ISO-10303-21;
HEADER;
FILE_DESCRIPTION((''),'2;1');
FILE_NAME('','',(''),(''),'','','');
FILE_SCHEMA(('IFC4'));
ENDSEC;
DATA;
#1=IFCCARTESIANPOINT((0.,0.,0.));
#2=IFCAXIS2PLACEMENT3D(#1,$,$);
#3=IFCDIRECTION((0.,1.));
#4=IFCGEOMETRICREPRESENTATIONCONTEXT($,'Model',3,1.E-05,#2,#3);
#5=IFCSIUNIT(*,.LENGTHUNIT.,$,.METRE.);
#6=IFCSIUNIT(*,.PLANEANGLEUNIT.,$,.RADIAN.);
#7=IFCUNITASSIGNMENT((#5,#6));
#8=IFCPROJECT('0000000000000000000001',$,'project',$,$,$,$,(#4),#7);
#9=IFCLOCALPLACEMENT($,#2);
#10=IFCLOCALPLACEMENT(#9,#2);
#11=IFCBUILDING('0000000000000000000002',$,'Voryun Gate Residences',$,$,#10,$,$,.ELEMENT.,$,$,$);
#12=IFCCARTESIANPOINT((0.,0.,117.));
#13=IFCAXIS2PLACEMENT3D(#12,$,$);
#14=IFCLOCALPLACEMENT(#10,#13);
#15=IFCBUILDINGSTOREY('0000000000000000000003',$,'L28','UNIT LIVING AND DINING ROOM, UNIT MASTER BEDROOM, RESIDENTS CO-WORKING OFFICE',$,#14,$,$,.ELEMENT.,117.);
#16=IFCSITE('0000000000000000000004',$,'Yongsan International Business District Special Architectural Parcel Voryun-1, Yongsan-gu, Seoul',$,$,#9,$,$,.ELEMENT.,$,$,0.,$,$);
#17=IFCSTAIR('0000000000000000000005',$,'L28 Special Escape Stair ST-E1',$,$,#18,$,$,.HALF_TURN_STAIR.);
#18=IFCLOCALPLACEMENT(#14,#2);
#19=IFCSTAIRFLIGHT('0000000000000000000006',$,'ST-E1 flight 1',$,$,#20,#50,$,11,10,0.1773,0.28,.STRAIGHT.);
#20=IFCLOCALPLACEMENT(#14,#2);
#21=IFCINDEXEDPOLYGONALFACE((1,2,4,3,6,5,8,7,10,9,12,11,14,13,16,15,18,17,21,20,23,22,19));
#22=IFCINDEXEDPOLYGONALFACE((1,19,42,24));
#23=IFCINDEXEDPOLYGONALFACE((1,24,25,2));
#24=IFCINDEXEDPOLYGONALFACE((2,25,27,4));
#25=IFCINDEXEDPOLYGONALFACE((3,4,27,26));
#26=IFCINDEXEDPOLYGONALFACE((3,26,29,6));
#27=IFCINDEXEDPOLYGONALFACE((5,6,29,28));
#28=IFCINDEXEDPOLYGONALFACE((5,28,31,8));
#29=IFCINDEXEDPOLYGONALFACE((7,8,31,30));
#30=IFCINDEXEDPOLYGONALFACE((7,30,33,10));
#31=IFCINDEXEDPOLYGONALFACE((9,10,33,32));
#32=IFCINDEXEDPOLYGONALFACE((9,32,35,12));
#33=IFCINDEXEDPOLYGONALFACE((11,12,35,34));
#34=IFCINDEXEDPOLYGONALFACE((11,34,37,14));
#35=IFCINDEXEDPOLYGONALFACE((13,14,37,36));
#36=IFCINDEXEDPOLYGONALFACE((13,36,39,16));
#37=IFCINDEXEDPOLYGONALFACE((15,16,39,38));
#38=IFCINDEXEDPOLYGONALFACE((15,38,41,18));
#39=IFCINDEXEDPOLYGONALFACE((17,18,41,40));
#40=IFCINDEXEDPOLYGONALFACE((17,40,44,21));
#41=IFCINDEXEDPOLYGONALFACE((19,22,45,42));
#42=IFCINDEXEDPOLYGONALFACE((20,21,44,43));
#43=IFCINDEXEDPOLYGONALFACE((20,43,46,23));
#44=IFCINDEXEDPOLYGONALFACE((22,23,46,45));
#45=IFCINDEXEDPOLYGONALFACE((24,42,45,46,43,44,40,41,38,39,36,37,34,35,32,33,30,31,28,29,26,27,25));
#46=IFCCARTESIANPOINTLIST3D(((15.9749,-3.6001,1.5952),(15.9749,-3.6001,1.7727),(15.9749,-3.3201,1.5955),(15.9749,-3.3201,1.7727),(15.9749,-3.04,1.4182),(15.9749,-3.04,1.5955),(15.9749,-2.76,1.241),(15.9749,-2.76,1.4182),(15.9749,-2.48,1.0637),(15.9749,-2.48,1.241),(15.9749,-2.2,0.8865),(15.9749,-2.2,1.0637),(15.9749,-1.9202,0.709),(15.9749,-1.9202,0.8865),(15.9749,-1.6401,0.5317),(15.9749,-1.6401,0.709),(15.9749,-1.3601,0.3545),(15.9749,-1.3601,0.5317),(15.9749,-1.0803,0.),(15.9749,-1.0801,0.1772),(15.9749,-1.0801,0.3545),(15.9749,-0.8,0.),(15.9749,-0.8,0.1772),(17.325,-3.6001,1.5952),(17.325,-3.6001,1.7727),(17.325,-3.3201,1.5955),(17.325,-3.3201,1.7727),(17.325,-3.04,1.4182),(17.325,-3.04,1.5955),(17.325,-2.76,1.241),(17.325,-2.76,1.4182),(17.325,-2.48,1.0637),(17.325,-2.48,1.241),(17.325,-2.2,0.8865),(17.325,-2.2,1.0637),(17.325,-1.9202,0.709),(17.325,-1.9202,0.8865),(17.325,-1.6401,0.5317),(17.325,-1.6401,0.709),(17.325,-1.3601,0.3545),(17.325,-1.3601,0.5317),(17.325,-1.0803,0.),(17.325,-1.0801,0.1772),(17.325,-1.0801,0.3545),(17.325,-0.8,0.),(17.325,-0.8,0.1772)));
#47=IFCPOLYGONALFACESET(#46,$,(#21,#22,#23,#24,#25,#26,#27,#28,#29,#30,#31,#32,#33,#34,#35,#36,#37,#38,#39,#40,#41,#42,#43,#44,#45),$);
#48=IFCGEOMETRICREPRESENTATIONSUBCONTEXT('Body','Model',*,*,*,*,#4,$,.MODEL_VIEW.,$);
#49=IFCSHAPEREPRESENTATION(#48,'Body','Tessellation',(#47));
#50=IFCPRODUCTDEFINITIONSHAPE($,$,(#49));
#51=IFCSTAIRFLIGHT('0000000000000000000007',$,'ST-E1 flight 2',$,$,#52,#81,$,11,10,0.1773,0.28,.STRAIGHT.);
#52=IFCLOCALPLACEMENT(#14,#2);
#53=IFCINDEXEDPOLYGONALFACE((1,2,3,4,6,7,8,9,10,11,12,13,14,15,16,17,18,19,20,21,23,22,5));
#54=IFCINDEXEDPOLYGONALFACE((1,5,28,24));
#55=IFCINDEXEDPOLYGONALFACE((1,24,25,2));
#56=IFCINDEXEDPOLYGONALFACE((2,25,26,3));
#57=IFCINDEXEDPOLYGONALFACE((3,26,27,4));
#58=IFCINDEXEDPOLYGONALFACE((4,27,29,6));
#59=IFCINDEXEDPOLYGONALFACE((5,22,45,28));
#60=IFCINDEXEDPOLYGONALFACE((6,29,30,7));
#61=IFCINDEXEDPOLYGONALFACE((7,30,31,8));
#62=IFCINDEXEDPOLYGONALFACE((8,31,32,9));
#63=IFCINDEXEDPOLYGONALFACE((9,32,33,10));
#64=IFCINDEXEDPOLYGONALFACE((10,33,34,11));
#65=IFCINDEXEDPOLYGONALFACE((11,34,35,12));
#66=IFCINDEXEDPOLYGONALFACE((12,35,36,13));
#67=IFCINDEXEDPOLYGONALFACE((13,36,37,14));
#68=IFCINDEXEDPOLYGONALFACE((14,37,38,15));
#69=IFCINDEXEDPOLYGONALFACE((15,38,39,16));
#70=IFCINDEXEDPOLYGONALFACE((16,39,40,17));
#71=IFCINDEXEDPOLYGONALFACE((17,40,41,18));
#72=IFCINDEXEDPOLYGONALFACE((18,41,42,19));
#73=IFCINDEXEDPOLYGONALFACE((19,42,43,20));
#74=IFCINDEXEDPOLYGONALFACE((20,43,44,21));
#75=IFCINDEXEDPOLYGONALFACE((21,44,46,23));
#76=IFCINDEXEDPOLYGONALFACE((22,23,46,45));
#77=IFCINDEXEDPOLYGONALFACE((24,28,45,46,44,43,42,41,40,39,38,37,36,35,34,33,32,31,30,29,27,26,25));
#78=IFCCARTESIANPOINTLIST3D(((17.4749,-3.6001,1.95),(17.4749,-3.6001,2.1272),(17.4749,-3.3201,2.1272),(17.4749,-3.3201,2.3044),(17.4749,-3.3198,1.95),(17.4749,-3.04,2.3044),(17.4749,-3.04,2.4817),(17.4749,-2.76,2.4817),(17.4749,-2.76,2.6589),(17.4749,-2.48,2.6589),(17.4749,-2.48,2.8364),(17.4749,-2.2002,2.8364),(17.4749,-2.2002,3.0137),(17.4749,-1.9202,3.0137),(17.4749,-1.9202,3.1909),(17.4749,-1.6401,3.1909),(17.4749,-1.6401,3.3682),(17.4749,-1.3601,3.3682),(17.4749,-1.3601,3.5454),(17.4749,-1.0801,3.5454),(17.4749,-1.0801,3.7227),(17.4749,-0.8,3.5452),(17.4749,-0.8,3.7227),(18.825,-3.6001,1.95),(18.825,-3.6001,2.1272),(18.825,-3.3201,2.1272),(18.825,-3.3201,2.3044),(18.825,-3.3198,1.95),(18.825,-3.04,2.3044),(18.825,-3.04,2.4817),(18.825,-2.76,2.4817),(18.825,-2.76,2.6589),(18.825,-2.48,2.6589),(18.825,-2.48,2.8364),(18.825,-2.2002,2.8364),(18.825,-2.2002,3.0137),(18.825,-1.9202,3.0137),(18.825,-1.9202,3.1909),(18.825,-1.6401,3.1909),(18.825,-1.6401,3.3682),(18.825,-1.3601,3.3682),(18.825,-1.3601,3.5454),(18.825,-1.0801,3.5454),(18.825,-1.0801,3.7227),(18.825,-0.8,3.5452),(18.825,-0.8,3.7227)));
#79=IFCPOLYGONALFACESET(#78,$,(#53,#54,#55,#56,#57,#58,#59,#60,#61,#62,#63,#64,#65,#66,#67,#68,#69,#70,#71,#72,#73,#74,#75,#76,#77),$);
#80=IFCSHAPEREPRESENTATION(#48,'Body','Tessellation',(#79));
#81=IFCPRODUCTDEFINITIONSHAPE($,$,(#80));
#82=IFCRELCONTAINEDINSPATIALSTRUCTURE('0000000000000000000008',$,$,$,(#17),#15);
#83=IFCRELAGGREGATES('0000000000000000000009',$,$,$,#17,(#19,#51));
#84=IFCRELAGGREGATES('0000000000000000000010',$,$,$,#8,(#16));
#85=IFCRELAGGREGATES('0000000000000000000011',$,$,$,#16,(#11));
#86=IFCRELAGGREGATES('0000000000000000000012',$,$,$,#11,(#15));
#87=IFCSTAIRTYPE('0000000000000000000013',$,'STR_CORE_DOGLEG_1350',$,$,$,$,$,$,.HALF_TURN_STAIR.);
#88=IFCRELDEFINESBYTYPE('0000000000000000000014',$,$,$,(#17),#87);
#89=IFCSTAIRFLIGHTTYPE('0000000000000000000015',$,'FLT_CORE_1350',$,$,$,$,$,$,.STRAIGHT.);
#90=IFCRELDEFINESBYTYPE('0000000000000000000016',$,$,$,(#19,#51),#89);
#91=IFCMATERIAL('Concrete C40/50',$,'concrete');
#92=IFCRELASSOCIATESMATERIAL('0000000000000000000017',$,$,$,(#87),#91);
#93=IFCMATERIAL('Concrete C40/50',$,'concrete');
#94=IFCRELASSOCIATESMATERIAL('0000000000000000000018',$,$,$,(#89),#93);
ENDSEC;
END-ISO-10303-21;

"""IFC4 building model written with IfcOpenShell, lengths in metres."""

from ifc_helpers import new_model, si_unit, direction, frame, origin, place, context, subcontext, project, spatial, polyline, outline, extrude, material, type_object, element, aggregate, save


model = new_model("IFC4")

# Units and contexts
model_context = context("Model", 3, precision=1e-05, world=origin(), true_north=direction((0.0, 1.0)))
body_context = subcontext(model_context, "Body", "Model", "MODEL_VIEW")
ifc_project = project(units=[si_unit("LENGTHUNIT", "METRE"), si_unit("PLANEANGLEUNIT", "RADIAN")], contexts=[model_context])

# Site, building, storey
site_placement = place(None, origin())
site = spatial("IfcSite", under=ifc_project, at=site_placement, Name="Yongsan International Business District Special Architectural Parcel Voryun-1, Yongsan-gu, Seoul", CompositionType="ELEMENT", RefElevation=0.0)
building_placement = place(site_placement, origin())
building = spatial("IfcBuilding", under=site, at=building_placement, Name="Voryun Gate Residences", CompositionType="ELEMENT")
storey_placement = place(building_placement, frame((0.0, 0.0, 117.0)))
storey = spatial("IfcBuildingStorey", under=building, at=storey_placement, Name="L28", Description="UNIT LIVING AND DINING ROOM, UNIT MASTER BEDROOM, RESIDENTS CO-WORKING OFFICE", CompositionType="ELEMENT", Elevation=117.0)

# Stair, stair flights
ifc_material_1 = material(Name="Concrete C40/50", Category="concrete")
stair_type = type_object("IfcStairType", Name="STR_CORE_DOGLEG_1350", PredefinedType="HALF_TURN_STAIR", material=ifc_material_1)
stair_placement = place(storey_placement, origin())
stair = element("IfcStair", 1, at=stair_placement, inside=storey, type_object=stair_type, Name="L28 Special Escape Stair ST-E1", PredefinedType="HALF_TURN_STAIR")
ifc_material_2 = material(Name="Concrete C40/50", Category="concrete")
stair_flight_type = type_object("IfcStairFlightType", Name="FLT_CORE_1350", PredefinedType="STRAIGHT", material=ifc_material_2)
stair_flight_1_placement = place(storey_placement, frame((16.6499, -0.8, 0.0), z_axis=(0.0, 0.0, 1.0), x_axis=(0.0, -1.0, 0.0)))
stair_flight_1 = element("IfcStairFlight", 2, at=stair_flight_1_placement, type_object=stair_flight_type, Name="ST-E1 flight 1", NumberOfRisers=11, NumberOfTreads=10, PredefinedType="STRAIGHT", RiserHeight=0.1773, TreadLength=0.28, context=body_context, shape_type="SweptSolid", body=[
    extrude(outline(polyline([(0.0, 0.0), (0.0, 0.1772), (0.28, 0.1772), (0.28, 0.3545), (0.5601, 0.3545), (0.5601, 0.5317), (0.8401, 0.5317), (0.8401, 0.709), (1.1201, 0.709), (1.1201, 0.8865), (1.3999, 0.8865), (1.3999, 1.0637), (1.6799, 1.0637), (1.6799, 1.241), (1.96, 1.241), (1.96, 1.4182), (2.24, 1.4182), (2.24, 1.5955), (2.52, 1.5955), (2.52, 1.7727), (2.8, 1.7727), (2.8, 1.95), (2.8, 1.5952), (0.2803, 0.0), (0.0, 0.0)])), frame((0.0, 0.675, 0.0), z_axis=(0.0, -1.0, 0.0), x_axis=(1.0, 0.0, 0.0)), (0.0, 0.0, 1.0), 1.3501),
])
stair_flight_2_placement = place(storey_placement, frame((18.1499, -3.6001, 1.95), z_axis=(0.0, 0.0, 1.0), x_axis=(0.0, 1.0, 0.0)))
stair_flight_2 = element("IfcStairFlight", 3, at=stair_flight_2_placement, type_object=stair_flight_type, Name="ST-E1 flight 2", NumberOfRisers=11, NumberOfTreads=10, PredefinedType="STRAIGHT", RiserHeight=0.1773, TreadLength=0.28, context=body_context, shape_type="SweptSolid", body=[
    extrude(outline(polyline([(0.0, 0.0), (0.0, 0.1772), (0.28, 0.1772), (0.28, 0.3545), (0.5601, 0.3545), (0.5601, 0.5317), (0.8401, 0.5317), (0.8401, 0.709), (1.1201, 0.709), (1.1201, 0.8865), (1.3999, 0.8865), (1.3999, 1.0637), (1.6799, 1.0637), (1.6799, 1.241), (1.96, 1.241), (1.96, 1.4182), (2.24, 1.4182), (2.24, 1.5955), (2.52, 1.5955), (2.52, 1.7727), (2.8, 1.7727), (2.8, 1.95), (2.8, 1.5952), (0.2803, 0.0), (0.0, 0.0)])), frame((0.0, 0.675, 0.0), z_axis=(0.0, -1.0, 0.0), x_axis=(1.0, 0.0, 0.0)), (0.0, 0.0, 1.0), 1.3501),
])
aggregate(stair, [stair_flight_1, stair_flight_2])

save(model, "model.ifc")
